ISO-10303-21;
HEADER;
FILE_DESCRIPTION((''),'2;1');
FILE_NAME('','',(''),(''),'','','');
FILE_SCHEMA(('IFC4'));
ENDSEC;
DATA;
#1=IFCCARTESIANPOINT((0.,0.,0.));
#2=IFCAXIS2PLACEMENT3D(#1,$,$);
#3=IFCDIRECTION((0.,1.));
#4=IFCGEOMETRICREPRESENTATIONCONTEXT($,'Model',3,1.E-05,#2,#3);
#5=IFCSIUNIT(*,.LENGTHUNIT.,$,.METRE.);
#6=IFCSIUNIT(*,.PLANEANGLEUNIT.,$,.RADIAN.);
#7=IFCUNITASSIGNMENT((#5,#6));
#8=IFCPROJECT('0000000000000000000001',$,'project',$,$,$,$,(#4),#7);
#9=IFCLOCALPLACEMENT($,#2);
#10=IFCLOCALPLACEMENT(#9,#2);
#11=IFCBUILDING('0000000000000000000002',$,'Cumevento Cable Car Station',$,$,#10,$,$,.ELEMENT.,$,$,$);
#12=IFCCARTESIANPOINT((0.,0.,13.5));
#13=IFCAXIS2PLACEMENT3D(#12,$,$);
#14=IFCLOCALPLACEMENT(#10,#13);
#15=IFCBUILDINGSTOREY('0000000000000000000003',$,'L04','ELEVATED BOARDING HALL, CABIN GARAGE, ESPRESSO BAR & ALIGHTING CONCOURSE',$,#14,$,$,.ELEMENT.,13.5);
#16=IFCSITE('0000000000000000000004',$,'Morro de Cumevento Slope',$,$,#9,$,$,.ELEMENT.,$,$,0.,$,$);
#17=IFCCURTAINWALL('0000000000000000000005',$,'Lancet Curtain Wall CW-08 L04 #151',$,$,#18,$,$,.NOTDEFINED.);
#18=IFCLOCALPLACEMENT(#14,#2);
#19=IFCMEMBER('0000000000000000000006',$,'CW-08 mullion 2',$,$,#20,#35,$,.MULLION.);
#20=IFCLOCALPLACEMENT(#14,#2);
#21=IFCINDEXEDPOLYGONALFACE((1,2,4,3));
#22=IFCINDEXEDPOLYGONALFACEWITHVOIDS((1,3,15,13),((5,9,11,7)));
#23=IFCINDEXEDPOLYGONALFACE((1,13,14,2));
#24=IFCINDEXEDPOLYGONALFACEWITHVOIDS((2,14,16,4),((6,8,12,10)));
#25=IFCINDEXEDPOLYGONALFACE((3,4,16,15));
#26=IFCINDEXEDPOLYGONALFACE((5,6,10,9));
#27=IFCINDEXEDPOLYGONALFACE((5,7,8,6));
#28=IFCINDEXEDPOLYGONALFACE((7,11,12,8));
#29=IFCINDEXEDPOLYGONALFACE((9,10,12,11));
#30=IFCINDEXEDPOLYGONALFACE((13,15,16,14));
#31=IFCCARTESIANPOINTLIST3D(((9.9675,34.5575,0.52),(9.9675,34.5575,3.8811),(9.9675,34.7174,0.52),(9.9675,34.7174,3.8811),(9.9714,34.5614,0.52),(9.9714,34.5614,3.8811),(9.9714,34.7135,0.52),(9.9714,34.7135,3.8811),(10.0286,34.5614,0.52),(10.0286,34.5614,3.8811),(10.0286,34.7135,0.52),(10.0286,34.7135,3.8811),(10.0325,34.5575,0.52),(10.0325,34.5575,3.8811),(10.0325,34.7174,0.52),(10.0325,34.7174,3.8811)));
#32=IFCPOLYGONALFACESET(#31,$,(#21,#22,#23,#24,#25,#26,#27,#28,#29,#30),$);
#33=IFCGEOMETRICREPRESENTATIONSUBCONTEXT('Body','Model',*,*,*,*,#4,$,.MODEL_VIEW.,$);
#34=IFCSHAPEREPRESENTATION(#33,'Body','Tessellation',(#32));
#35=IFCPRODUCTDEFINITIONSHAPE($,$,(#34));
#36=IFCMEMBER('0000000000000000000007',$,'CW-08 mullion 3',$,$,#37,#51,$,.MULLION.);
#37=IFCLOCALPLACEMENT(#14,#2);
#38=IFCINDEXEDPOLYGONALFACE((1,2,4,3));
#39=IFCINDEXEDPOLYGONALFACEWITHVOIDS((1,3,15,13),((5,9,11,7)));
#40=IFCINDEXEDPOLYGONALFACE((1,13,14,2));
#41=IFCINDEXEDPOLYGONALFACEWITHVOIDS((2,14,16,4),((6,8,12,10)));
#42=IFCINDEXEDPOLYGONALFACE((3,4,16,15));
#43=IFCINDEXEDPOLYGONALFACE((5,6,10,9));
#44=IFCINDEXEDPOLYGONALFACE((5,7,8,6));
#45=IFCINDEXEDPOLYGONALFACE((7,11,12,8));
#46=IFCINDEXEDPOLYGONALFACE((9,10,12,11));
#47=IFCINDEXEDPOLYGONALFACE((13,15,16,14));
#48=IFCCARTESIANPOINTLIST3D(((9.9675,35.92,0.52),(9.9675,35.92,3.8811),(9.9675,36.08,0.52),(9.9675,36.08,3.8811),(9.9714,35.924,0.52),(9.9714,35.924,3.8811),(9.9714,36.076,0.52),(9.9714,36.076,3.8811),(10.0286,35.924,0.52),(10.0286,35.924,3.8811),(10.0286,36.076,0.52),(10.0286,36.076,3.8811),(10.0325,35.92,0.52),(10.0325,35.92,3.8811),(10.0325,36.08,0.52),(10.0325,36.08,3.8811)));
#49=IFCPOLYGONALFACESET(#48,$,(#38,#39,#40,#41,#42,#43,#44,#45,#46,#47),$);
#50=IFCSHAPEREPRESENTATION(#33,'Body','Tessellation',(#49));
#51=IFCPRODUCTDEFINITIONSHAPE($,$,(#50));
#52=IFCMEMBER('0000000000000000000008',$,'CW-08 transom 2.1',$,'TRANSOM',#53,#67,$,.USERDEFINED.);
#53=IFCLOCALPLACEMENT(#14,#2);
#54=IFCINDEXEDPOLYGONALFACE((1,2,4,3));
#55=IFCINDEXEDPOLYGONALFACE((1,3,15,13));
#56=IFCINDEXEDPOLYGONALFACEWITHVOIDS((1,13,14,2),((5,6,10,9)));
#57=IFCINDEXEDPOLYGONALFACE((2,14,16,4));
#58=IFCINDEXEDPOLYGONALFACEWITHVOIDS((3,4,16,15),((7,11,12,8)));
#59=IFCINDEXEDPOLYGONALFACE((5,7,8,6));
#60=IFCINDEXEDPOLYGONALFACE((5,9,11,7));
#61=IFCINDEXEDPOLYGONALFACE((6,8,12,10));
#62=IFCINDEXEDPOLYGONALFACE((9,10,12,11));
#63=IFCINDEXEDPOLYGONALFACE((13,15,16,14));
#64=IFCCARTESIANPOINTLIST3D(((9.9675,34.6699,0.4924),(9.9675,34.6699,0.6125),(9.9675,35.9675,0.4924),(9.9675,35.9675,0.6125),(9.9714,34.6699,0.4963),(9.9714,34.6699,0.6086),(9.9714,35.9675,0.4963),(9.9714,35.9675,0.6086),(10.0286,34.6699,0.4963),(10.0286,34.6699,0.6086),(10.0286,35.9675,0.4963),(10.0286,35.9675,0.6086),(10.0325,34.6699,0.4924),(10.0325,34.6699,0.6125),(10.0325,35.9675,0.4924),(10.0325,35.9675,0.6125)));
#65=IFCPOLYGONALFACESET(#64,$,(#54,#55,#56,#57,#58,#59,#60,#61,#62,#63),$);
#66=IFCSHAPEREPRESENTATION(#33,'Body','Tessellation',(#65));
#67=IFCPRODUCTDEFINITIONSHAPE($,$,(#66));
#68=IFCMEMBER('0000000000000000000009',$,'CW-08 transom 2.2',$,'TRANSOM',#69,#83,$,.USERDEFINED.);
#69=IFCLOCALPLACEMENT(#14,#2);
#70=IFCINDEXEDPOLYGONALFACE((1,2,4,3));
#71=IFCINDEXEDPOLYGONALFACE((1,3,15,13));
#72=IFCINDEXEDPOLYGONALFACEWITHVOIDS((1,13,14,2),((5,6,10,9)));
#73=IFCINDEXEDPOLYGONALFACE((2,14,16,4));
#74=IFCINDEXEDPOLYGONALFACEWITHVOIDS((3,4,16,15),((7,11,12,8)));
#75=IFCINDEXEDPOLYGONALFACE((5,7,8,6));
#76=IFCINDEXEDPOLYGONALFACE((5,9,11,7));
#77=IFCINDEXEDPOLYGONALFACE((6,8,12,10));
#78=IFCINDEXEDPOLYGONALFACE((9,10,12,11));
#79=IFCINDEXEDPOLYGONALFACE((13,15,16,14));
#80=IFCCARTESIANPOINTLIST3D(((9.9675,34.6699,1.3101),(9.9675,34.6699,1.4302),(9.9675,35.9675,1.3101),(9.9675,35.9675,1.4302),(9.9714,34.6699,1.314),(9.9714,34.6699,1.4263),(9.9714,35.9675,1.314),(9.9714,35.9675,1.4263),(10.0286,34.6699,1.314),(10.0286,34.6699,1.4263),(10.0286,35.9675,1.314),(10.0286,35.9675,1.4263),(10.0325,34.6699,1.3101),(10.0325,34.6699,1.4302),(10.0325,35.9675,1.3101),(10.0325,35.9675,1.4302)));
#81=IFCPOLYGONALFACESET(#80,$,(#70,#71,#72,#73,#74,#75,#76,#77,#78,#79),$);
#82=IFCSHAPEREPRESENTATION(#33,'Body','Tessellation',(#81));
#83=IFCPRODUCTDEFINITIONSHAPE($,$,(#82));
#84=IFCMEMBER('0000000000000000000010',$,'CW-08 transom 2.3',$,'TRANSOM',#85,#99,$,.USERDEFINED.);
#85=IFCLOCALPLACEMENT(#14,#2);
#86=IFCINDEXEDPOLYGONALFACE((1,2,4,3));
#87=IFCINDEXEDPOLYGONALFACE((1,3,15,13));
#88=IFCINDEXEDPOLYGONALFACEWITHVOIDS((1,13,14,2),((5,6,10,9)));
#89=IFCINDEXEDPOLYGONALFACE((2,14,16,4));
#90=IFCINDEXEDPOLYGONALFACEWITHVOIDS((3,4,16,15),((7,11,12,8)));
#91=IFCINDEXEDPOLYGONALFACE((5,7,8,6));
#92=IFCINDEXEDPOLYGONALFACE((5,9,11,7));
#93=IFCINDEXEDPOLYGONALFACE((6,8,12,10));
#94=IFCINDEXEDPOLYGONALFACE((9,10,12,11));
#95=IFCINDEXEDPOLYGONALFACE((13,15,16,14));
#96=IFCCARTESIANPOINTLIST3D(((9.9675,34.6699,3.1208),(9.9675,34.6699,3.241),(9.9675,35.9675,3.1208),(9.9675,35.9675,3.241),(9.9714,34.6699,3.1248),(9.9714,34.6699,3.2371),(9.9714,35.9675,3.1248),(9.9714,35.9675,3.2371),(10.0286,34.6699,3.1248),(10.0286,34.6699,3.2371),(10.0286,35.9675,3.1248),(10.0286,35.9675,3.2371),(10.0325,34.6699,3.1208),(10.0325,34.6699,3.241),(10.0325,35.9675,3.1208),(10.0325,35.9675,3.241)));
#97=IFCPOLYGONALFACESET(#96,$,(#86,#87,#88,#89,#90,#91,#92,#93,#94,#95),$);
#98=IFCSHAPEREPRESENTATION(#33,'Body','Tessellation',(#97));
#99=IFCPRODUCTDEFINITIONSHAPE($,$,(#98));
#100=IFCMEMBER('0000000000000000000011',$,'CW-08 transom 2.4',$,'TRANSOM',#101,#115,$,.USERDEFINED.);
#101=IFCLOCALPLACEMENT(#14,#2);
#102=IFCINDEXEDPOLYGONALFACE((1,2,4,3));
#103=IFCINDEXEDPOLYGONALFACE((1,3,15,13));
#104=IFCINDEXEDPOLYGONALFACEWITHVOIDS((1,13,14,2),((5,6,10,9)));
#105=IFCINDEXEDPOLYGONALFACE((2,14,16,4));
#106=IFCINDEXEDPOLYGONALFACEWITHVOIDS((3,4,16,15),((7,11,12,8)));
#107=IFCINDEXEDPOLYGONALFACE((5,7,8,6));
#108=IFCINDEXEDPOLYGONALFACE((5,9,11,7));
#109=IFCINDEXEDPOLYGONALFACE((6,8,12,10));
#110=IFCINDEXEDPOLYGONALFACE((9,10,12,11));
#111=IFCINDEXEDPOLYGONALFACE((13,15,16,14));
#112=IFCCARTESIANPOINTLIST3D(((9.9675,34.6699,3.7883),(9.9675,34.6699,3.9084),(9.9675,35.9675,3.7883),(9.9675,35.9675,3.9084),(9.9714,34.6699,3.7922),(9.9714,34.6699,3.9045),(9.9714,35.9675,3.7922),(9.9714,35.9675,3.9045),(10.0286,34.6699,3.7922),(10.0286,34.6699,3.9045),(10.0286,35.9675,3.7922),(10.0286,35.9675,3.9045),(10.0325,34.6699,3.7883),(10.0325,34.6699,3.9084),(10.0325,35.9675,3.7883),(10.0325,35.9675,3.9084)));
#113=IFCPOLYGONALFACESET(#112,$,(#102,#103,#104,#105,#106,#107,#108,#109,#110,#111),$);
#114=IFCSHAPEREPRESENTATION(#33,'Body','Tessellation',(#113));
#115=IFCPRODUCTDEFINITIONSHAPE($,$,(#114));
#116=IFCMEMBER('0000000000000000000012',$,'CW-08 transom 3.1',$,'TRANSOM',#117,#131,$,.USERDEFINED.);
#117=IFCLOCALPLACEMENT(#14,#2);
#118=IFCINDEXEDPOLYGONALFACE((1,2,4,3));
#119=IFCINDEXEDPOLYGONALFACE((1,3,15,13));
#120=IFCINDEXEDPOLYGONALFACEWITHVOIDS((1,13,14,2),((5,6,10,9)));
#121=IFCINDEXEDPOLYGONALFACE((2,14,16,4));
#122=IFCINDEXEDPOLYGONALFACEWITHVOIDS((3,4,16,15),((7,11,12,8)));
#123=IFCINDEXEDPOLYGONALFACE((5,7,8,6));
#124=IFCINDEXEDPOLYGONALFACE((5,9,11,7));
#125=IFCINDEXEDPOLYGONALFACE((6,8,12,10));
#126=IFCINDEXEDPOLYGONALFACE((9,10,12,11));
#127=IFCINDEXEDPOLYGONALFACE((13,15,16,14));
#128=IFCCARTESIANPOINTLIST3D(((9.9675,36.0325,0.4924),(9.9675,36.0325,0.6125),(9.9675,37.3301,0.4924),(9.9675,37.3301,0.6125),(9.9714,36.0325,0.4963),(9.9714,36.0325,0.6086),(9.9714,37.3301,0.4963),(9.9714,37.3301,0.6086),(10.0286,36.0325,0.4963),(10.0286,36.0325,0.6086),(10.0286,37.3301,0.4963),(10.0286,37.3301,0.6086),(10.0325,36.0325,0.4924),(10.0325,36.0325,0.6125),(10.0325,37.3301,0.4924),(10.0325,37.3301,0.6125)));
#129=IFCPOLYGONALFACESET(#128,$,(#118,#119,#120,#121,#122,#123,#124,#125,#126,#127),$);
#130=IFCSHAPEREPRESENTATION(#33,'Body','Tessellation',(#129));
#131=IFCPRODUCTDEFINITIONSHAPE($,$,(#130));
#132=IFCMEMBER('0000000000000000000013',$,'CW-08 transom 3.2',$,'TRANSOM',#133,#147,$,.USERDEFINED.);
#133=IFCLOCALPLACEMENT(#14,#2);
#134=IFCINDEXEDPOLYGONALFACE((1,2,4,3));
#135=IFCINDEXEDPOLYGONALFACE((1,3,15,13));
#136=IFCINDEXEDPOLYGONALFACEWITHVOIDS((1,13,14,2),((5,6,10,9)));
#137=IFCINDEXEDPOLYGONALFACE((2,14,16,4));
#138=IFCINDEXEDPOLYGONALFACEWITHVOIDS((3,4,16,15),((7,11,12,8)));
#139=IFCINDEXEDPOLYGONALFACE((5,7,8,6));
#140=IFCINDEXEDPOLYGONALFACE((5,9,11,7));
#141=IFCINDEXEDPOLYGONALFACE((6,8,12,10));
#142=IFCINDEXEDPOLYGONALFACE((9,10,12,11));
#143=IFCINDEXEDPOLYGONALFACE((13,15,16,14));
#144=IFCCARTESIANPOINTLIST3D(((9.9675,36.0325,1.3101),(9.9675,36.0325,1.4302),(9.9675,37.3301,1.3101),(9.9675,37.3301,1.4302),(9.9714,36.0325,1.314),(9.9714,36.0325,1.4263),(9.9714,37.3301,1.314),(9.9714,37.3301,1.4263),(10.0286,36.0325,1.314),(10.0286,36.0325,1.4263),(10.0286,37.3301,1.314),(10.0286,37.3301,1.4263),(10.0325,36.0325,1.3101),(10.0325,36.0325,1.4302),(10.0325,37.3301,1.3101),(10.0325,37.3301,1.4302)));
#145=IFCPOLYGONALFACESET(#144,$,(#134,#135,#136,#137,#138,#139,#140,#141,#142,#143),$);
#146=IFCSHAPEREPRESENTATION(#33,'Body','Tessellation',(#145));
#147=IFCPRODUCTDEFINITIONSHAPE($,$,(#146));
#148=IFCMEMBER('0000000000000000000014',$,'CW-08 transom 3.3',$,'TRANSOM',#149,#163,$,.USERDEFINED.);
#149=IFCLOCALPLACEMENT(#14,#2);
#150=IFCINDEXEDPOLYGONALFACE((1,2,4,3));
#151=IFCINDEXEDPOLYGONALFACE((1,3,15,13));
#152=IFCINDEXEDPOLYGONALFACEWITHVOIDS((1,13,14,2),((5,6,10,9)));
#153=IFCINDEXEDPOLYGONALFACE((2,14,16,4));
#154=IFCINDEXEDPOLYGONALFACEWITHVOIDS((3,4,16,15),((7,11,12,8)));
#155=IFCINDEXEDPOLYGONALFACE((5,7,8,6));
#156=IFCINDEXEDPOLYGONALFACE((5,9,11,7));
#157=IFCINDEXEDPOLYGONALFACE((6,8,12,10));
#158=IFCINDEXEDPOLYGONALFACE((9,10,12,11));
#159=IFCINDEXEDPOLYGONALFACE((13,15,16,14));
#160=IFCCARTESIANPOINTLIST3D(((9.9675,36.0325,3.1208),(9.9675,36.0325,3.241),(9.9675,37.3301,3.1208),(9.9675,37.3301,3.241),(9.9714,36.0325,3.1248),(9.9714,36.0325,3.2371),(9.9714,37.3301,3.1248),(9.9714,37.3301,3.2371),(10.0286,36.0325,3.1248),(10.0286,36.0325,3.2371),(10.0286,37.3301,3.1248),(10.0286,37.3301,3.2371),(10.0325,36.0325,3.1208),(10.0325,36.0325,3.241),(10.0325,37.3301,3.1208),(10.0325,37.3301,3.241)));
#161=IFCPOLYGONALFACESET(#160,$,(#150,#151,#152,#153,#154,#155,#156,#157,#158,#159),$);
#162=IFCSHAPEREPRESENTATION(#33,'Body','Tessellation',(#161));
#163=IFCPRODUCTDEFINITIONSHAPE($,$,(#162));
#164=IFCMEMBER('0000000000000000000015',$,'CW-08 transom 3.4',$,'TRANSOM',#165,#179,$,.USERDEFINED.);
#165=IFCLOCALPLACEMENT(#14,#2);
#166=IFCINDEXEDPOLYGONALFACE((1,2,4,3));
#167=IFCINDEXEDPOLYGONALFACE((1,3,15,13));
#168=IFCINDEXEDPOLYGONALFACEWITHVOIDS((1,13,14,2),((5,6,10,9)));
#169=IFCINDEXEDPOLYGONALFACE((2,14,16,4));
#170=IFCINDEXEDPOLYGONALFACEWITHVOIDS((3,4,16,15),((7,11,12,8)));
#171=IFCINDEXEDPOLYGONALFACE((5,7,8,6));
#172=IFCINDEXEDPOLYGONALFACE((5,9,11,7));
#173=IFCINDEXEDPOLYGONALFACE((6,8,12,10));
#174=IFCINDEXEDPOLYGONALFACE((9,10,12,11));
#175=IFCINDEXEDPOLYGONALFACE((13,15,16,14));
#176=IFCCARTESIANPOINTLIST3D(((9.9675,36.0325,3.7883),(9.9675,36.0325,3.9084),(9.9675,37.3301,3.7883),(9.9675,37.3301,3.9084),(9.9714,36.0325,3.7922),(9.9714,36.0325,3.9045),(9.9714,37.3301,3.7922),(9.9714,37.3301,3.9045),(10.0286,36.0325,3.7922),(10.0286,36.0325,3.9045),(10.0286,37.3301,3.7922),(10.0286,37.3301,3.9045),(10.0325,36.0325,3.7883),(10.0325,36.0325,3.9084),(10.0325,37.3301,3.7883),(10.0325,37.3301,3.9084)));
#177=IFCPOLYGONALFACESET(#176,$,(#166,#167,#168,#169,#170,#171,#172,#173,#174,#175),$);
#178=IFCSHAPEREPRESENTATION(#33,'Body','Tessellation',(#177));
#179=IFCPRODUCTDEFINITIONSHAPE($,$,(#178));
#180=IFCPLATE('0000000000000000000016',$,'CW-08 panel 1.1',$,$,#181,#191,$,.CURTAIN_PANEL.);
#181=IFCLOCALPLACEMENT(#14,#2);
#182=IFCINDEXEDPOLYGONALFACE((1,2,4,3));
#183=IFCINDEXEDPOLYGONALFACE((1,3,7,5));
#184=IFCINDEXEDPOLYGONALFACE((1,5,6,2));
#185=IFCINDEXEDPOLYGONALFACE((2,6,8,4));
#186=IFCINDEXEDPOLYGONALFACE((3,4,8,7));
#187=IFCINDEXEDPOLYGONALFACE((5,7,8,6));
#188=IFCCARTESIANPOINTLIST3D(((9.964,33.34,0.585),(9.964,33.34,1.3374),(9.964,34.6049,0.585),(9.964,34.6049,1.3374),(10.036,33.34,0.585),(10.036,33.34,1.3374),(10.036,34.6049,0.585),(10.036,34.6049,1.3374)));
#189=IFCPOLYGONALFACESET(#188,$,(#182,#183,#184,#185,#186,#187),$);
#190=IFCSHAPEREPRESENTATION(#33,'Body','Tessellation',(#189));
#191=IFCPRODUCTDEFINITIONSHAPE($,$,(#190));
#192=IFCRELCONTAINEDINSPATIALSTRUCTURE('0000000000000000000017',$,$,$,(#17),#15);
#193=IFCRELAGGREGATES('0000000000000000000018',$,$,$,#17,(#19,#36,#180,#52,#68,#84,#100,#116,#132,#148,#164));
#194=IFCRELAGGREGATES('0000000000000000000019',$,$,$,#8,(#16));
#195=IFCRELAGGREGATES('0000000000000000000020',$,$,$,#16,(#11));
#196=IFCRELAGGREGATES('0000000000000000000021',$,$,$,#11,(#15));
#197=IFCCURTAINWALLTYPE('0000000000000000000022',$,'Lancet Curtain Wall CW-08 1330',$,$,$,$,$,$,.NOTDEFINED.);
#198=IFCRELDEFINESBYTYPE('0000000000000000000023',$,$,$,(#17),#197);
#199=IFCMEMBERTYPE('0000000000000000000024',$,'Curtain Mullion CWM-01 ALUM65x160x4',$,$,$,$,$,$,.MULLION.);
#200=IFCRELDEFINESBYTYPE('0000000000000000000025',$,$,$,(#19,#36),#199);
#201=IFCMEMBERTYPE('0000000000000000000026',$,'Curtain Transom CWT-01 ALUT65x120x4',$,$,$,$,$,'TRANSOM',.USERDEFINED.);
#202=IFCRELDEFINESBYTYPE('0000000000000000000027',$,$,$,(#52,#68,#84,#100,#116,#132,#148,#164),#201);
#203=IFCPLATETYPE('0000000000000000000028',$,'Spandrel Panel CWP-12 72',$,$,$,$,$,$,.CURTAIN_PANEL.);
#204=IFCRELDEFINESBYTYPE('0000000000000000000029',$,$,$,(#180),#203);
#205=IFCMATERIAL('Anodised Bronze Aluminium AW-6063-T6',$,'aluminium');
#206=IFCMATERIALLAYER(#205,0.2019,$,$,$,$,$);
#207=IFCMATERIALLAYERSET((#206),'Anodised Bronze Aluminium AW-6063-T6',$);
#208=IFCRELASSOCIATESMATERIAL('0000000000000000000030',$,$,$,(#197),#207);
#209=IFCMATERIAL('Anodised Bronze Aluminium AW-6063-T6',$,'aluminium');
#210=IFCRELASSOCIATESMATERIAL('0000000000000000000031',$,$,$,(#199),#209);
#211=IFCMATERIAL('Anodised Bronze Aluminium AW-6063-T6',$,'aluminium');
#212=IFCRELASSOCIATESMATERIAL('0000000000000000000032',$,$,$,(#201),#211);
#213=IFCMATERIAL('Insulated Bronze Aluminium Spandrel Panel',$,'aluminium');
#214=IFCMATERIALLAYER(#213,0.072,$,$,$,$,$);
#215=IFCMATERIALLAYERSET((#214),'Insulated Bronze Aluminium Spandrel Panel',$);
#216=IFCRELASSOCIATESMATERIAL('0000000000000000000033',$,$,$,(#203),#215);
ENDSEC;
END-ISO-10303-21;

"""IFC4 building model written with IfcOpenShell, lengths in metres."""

from ifc_helpers import new_model, si_unit, direction, frame, origin, origin_2d, place, context, subcontext, project, spatial, rectangle, hollow_rectangle, extrude, material, layer, layer_set, material_profile, profile_set, type_object, element, aggregate, save


model = new_model("IFC4")

# Units and contexts
model_context = context("Model", 3, precision=1e-05, world=origin(), true_north=direction((0.0, 1.0)))
body_context = subcontext(model_context, "Body", "Model", "MODEL_VIEW")
ifc_project = project(units=[si_unit("LENGTHUNIT", "METRE"), si_unit("PLANEANGLEUNIT", "RADIAN")], contexts=[model_context])

# Site, building, storey
site_placement = place(None, origin())
site = spatial("IfcSite", under=ifc_project, at=site_placement, Name="Morro de Cumevento Slope", CompositionType="ELEMENT", RefElevation=0.0)
building_placement = place(site_placement, origin())
building = spatial("IfcBuilding", under=site, at=building_placement, Name="Cumevento Cable Car Station", CompositionType="ELEMENT")
storey_placement = place(building_placement, frame((0.0, 0.0, 13.5)))
storey = spatial("IfcBuildingStorey", under=building, at=storey_placement, Name="L04", Description="ELEVATED BOARDING HALL, CABIN GARAGE, ESPRESSO BAR & ALIGHTING CONCOURSE", CompositionType="ELEMENT", Elevation=13.5)

# Curtain wall, members, plate
ifc_material_1 = material(Name="Anodised Bronze Aluminium AW-6063-T6", Category="aluminium")
ifc_layer_1 = layer(ifc_material_1, 0.2019)
ifc_layer_set_1 = layer_set([ifc_layer_1], Name="Anodised Bronze Aluminium AW-6063-T6")
curtain_wall_type = type_object("IfcCurtainWallType", Name="Lancet Curtain Wall CW-08 1330", PredefinedType="NOTDEFINED", material=ifc_layer_set_1)
curtain_wall_placement = place(storey_placement, origin())
curtain_wall = element("IfcCurtainWall", 1, at=curtain_wall_placement, inside=storey, type_object=curtain_wall_type, Name="Lancet Curtain Wall CW-08 L04 #151", PredefinedType="NOTDEFINED")
ifc_material_2 = material(Name="Anodised Bronze Aluminium AW-6063-T6", Category="aluminium")
ifc_material_profile_1 = material_profile(ifc_material_2, hollow_rectangle(XDim=0.0649, YDim=0.1599, WallThickness=0.0039, at=origin_2d()), Name="ALUM65x160x4")
ifc_profile_set_1 = profile_set([ifc_material_profile_1], Name="Anodised Bronze Aluminium AW-6063-T6")
member_type_1 = type_object("IfcMemberType", Name="Curtain Mullion CWM-01 ALUM65x160x4", PredefinedType="MULLION", material=ifc_profile_set_1)
member_1_placement = place(storey_placement, frame((10.0, 34.6375, 0.52), z_axis=(0.0, 0.0, 1.0), x_axis=(-1.0, 0.0, 0.0)))
member_1 = element("IfcMember", 2, at=member_1_placement, type_object=member_type_1, Name="CW-08 mullion 2", PredefinedType="MULLION", context=body_context, shape_type="SweptSolid", body=[
    extrude(hollow_rectangle(XDim=0.0649, YDim=0.1599, WallThickness=0.0039, at=origin_2d()), origin(), (0.0, 0.0, 1.0), 3.3611),
])
member_2_placement = place(storey_placement, frame((10.0, 36.0, 0.52), z_axis=(0.0, 0.0, 1.0), x_axis=(-1.0, 0.0, 0.0)))
member_2 = element("IfcMember", 3, at=member_2_placement, type_object=member_type_1, Name="CW-08 mullion 3", PredefinedType="MULLION", context=body_context, shape_type="SweptSolid", body=[
    extrude(hollow_rectangle(XDim=0.0649, YDim=0.1599, WallThickness=0.0039, at=origin_2d()), origin(), (0.0, 0.0, 1.0), 3.3611),
])
ifc_material_3 = material(Name="Anodised Bronze Aluminium AW-6063-T6", Category="aluminium")
ifc_material_profile_2 = material_profile(ifc_material_3, hollow_rectangle(XDim=0.0649, YDim=0.1201, WallThickness=0.0039, at=origin_2d()), Name="ALUT65x120x4")
ifc_profile_set_2 = profile_set([ifc_material_profile_2], Name="Anodised Bronze Aluminium AW-6063-T6")
member_type_2 = type_object("IfcMemberType", Name="Curtain Transom CWT-01 ALUT65x120x4", ElementType="TRANSOM", PredefinedType="USERDEFINED", material=ifc_profile_set_2)
member_3_placement = place(storey_placement, frame((10.0, 34.6699, 0.5525), z_axis=(0.0, 1.0, 0.0), x_axis=(-1.0, 0.0, 0.0)))
member_3 = element("IfcMember", 4, at=member_3_placement, type_object=member_type_2, Name="CW-08 transom 2.1", ObjectType="TRANSOM", PredefinedType="USERDEFINED", context=body_context, shape_type="SweptSolid", body=[
    extrude(hollow_rectangle(XDim=0.0649, YDim=0.1201, WallThickness=0.0039, at=origin_2d()), origin(), (0.0, 0.0, 1.0), 1.2976),
])
member_4_placement = place(storey_placement, frame((10.0, 34.6699, 1.3701), z_axis=(0.0, 1.0, 0.0), x_axis=(-1.0, 0.0, 0.0)))
member_4 = element("IfcMember", 5, at=member_4_placement, type_object=member_type_2, Name="CW-08 transom 2.2", ObjectType="TRANSOM", PredefinedType="USERDEFINED", context=body_context, shape_type="SweptSolid", body=[
    extrude(hollow_rectangle(XDim=0.0649, YDim=0.1201, WallThickness=0.0039, at=origin_2d()), origin(), (0.0, 0.0, 1.0), 1.2976),
])
member_5_placement = place(storey_placement, frame((10.0, 34.6699, 3.1809), z_axis=(0.0, 1.0, 0.0), x_axis=(-1.0, 0.0, 0.0)))
member_5 = element("IfcMember", 6, at=member_5_placement, type_object=member_type_2, Name="CW-08 transom 2.3", ObjectType="TRANSOM", PredefinedType="USERDEFINED", context=body_context, shape_type="SweptSolid", body=[
    extrude(hollow_rectangle(XDim=0.0649, YDim=0.1201, WallThickness=0.0039, at=origin_2d()), origin(), (0.0, 0.0, 1.0), 1.2976),
])
member_6_placement = place(storey_placement, frame((10.0, 34.6699, 3.8484), z_axis=(0.0, 1.0, 0.0), x_axis=(-1.0, 0.0, 0.0)))
member_6 = element("IfcMember", 7, at=member_6_placement, type_object=member_type_2, Name="CW-08 transom 2.4", ObjectType="TRANSOM", PredefinedType="USERDEFINED", context=body_context, shape_type="SweptSolid", body=[
    extrude(hollow_rectangle(XDim=0.0649, YDim=0.1201, WallThickness=0.0039, at=origin_2d()), origin(), (0.0, 0.0, 1.0), 1.2976),
])
member_7_placement = place(storey_placement, frame((10.0, 36.0325, 0.5525), z_axis=(0.0, 1.0, 0.0), x_axis=(-1.0, 0.0, 0.0)))
member_7 = element("IfcMember", 8, at=member_7_placement, type_object=member_type_2, Name="CW-08 transom 3.1", ObjectType="TRANSOM", PredefinedType="USERDEFINED", context=body_context, shape_type="SweptSolid", body=[
    extrude(hollow_rectangle(XDim=0.0649, YDim=0.1201, WallThickness=0.0039, at=origin_2d()), origin(), (0.0, 0.0, 1.0), 1.2976),
])
member_8_placement = place(storey_placement, frame((10.0, 36.0325, 1.3701), z_axis=(0.0, 1.0, 0.0), x_axis=(-1.0, 0.0, 0.0)))
member_8 = element("IfcMember", 9, at=member_8_placement, type_object=member_type_2, Name="CW-08 transom 3.2", ObjectType="TRANSOM", PredefinedType="USERDEFINED", context=body_context, shape_type="SweptSolid", body=[
    extrude(hollow_rectangle(XDim=0.0649, YDim=0.1201, WallThickness=0.0039, at=origin_2d()), origin(), (0.0, 0.0, 1.0), 1.2976),
])
member_9_placement = place(storey_placement, frame((10.0, 36.0325, 3.1809), z_axis=(0.0, 1.0, 0.0), x_axis=(-1.0, 0.0, 0.0)))
member_9 = element("IfcMember", 10, at=member_9_placement, type_object=member_type_2, Name="CW-08 transom 3.3", ObjectType="TRANSOM", PredefinedType="USERDEFINED", context=body_context, shape_type="SweptSolid", body=[
    extrude(hollow_rectangle(XDim=0.0649, YDim=0.1201, WallThickness=0.0039, at=origin_2d()), origin(), (0.0, 0.0, 1.0), 1.2976),
])
member_10_placement = place(storey_placement, frame((10.0, 36.0325, 3.8484), z_axis=(0.0, 1.0, 0.0), x_axis=(-1.0, 0.0, 0.0)))
member_10 = element("IfcMember", 11, at=member_10_placement, type_object=member_type_2, Name="CW-08 transom 3.4", ObjectType="TRANSOM", PredefinedType="USERDEFINED", context=body_context, shape_type="SweptSolid", body=[
    extrude(hollow_rectangle(XDim=0.0649, YDim=0.1201, WallThickness=0.0039, at=origin_2d()), origin(), (0.0, 0.0, 1.0), 1.2976),
])
ifc_material_4 = material(Name="Insulated Bronze Aluminium Spandrel Panel", Category="aluminium")
ifc_layer_2 = layer(ifc_material_4, 0.072)
ifc_layer_set_2 = layer_set([ifc_layer_2], Name="Insulated Bronze Aluminium Spandrel Panel")
plate_type = type_object("IfcPlateType", Name="Spandrel Panel CWP-12 72", PredefinedType="CURTAIN_PANEL", material=ifc_layer_set_2)
plate_1_placement = place(storey_placement, frame((10.0, 33.9724, 0.585), z_axis=(0.0, 0.0, 1.0), x_axis=(0.0, 1.0, 0.0)))
plate_1 = element("IfcPlate", 12, at=plate_1_placement, type_object=plate_type, Name="CW-08 panel 1.1", PredefinedType="CURTAIN_PANEL", context=body_context, shape_type="SweptSolid", body=[
    extrude(rectangle(XDim=1.2649, YDim=0.072, at=origin_2d()), origin(), (0.0, 0.0, 1.0), 0.7524),
])
aggregate(curtain_wall, [member_1, member_2, plate_1, member_3, member_4, member_5, member_6, member_7, member_8, member_9, member_10])

save(model, "model.ifc")
